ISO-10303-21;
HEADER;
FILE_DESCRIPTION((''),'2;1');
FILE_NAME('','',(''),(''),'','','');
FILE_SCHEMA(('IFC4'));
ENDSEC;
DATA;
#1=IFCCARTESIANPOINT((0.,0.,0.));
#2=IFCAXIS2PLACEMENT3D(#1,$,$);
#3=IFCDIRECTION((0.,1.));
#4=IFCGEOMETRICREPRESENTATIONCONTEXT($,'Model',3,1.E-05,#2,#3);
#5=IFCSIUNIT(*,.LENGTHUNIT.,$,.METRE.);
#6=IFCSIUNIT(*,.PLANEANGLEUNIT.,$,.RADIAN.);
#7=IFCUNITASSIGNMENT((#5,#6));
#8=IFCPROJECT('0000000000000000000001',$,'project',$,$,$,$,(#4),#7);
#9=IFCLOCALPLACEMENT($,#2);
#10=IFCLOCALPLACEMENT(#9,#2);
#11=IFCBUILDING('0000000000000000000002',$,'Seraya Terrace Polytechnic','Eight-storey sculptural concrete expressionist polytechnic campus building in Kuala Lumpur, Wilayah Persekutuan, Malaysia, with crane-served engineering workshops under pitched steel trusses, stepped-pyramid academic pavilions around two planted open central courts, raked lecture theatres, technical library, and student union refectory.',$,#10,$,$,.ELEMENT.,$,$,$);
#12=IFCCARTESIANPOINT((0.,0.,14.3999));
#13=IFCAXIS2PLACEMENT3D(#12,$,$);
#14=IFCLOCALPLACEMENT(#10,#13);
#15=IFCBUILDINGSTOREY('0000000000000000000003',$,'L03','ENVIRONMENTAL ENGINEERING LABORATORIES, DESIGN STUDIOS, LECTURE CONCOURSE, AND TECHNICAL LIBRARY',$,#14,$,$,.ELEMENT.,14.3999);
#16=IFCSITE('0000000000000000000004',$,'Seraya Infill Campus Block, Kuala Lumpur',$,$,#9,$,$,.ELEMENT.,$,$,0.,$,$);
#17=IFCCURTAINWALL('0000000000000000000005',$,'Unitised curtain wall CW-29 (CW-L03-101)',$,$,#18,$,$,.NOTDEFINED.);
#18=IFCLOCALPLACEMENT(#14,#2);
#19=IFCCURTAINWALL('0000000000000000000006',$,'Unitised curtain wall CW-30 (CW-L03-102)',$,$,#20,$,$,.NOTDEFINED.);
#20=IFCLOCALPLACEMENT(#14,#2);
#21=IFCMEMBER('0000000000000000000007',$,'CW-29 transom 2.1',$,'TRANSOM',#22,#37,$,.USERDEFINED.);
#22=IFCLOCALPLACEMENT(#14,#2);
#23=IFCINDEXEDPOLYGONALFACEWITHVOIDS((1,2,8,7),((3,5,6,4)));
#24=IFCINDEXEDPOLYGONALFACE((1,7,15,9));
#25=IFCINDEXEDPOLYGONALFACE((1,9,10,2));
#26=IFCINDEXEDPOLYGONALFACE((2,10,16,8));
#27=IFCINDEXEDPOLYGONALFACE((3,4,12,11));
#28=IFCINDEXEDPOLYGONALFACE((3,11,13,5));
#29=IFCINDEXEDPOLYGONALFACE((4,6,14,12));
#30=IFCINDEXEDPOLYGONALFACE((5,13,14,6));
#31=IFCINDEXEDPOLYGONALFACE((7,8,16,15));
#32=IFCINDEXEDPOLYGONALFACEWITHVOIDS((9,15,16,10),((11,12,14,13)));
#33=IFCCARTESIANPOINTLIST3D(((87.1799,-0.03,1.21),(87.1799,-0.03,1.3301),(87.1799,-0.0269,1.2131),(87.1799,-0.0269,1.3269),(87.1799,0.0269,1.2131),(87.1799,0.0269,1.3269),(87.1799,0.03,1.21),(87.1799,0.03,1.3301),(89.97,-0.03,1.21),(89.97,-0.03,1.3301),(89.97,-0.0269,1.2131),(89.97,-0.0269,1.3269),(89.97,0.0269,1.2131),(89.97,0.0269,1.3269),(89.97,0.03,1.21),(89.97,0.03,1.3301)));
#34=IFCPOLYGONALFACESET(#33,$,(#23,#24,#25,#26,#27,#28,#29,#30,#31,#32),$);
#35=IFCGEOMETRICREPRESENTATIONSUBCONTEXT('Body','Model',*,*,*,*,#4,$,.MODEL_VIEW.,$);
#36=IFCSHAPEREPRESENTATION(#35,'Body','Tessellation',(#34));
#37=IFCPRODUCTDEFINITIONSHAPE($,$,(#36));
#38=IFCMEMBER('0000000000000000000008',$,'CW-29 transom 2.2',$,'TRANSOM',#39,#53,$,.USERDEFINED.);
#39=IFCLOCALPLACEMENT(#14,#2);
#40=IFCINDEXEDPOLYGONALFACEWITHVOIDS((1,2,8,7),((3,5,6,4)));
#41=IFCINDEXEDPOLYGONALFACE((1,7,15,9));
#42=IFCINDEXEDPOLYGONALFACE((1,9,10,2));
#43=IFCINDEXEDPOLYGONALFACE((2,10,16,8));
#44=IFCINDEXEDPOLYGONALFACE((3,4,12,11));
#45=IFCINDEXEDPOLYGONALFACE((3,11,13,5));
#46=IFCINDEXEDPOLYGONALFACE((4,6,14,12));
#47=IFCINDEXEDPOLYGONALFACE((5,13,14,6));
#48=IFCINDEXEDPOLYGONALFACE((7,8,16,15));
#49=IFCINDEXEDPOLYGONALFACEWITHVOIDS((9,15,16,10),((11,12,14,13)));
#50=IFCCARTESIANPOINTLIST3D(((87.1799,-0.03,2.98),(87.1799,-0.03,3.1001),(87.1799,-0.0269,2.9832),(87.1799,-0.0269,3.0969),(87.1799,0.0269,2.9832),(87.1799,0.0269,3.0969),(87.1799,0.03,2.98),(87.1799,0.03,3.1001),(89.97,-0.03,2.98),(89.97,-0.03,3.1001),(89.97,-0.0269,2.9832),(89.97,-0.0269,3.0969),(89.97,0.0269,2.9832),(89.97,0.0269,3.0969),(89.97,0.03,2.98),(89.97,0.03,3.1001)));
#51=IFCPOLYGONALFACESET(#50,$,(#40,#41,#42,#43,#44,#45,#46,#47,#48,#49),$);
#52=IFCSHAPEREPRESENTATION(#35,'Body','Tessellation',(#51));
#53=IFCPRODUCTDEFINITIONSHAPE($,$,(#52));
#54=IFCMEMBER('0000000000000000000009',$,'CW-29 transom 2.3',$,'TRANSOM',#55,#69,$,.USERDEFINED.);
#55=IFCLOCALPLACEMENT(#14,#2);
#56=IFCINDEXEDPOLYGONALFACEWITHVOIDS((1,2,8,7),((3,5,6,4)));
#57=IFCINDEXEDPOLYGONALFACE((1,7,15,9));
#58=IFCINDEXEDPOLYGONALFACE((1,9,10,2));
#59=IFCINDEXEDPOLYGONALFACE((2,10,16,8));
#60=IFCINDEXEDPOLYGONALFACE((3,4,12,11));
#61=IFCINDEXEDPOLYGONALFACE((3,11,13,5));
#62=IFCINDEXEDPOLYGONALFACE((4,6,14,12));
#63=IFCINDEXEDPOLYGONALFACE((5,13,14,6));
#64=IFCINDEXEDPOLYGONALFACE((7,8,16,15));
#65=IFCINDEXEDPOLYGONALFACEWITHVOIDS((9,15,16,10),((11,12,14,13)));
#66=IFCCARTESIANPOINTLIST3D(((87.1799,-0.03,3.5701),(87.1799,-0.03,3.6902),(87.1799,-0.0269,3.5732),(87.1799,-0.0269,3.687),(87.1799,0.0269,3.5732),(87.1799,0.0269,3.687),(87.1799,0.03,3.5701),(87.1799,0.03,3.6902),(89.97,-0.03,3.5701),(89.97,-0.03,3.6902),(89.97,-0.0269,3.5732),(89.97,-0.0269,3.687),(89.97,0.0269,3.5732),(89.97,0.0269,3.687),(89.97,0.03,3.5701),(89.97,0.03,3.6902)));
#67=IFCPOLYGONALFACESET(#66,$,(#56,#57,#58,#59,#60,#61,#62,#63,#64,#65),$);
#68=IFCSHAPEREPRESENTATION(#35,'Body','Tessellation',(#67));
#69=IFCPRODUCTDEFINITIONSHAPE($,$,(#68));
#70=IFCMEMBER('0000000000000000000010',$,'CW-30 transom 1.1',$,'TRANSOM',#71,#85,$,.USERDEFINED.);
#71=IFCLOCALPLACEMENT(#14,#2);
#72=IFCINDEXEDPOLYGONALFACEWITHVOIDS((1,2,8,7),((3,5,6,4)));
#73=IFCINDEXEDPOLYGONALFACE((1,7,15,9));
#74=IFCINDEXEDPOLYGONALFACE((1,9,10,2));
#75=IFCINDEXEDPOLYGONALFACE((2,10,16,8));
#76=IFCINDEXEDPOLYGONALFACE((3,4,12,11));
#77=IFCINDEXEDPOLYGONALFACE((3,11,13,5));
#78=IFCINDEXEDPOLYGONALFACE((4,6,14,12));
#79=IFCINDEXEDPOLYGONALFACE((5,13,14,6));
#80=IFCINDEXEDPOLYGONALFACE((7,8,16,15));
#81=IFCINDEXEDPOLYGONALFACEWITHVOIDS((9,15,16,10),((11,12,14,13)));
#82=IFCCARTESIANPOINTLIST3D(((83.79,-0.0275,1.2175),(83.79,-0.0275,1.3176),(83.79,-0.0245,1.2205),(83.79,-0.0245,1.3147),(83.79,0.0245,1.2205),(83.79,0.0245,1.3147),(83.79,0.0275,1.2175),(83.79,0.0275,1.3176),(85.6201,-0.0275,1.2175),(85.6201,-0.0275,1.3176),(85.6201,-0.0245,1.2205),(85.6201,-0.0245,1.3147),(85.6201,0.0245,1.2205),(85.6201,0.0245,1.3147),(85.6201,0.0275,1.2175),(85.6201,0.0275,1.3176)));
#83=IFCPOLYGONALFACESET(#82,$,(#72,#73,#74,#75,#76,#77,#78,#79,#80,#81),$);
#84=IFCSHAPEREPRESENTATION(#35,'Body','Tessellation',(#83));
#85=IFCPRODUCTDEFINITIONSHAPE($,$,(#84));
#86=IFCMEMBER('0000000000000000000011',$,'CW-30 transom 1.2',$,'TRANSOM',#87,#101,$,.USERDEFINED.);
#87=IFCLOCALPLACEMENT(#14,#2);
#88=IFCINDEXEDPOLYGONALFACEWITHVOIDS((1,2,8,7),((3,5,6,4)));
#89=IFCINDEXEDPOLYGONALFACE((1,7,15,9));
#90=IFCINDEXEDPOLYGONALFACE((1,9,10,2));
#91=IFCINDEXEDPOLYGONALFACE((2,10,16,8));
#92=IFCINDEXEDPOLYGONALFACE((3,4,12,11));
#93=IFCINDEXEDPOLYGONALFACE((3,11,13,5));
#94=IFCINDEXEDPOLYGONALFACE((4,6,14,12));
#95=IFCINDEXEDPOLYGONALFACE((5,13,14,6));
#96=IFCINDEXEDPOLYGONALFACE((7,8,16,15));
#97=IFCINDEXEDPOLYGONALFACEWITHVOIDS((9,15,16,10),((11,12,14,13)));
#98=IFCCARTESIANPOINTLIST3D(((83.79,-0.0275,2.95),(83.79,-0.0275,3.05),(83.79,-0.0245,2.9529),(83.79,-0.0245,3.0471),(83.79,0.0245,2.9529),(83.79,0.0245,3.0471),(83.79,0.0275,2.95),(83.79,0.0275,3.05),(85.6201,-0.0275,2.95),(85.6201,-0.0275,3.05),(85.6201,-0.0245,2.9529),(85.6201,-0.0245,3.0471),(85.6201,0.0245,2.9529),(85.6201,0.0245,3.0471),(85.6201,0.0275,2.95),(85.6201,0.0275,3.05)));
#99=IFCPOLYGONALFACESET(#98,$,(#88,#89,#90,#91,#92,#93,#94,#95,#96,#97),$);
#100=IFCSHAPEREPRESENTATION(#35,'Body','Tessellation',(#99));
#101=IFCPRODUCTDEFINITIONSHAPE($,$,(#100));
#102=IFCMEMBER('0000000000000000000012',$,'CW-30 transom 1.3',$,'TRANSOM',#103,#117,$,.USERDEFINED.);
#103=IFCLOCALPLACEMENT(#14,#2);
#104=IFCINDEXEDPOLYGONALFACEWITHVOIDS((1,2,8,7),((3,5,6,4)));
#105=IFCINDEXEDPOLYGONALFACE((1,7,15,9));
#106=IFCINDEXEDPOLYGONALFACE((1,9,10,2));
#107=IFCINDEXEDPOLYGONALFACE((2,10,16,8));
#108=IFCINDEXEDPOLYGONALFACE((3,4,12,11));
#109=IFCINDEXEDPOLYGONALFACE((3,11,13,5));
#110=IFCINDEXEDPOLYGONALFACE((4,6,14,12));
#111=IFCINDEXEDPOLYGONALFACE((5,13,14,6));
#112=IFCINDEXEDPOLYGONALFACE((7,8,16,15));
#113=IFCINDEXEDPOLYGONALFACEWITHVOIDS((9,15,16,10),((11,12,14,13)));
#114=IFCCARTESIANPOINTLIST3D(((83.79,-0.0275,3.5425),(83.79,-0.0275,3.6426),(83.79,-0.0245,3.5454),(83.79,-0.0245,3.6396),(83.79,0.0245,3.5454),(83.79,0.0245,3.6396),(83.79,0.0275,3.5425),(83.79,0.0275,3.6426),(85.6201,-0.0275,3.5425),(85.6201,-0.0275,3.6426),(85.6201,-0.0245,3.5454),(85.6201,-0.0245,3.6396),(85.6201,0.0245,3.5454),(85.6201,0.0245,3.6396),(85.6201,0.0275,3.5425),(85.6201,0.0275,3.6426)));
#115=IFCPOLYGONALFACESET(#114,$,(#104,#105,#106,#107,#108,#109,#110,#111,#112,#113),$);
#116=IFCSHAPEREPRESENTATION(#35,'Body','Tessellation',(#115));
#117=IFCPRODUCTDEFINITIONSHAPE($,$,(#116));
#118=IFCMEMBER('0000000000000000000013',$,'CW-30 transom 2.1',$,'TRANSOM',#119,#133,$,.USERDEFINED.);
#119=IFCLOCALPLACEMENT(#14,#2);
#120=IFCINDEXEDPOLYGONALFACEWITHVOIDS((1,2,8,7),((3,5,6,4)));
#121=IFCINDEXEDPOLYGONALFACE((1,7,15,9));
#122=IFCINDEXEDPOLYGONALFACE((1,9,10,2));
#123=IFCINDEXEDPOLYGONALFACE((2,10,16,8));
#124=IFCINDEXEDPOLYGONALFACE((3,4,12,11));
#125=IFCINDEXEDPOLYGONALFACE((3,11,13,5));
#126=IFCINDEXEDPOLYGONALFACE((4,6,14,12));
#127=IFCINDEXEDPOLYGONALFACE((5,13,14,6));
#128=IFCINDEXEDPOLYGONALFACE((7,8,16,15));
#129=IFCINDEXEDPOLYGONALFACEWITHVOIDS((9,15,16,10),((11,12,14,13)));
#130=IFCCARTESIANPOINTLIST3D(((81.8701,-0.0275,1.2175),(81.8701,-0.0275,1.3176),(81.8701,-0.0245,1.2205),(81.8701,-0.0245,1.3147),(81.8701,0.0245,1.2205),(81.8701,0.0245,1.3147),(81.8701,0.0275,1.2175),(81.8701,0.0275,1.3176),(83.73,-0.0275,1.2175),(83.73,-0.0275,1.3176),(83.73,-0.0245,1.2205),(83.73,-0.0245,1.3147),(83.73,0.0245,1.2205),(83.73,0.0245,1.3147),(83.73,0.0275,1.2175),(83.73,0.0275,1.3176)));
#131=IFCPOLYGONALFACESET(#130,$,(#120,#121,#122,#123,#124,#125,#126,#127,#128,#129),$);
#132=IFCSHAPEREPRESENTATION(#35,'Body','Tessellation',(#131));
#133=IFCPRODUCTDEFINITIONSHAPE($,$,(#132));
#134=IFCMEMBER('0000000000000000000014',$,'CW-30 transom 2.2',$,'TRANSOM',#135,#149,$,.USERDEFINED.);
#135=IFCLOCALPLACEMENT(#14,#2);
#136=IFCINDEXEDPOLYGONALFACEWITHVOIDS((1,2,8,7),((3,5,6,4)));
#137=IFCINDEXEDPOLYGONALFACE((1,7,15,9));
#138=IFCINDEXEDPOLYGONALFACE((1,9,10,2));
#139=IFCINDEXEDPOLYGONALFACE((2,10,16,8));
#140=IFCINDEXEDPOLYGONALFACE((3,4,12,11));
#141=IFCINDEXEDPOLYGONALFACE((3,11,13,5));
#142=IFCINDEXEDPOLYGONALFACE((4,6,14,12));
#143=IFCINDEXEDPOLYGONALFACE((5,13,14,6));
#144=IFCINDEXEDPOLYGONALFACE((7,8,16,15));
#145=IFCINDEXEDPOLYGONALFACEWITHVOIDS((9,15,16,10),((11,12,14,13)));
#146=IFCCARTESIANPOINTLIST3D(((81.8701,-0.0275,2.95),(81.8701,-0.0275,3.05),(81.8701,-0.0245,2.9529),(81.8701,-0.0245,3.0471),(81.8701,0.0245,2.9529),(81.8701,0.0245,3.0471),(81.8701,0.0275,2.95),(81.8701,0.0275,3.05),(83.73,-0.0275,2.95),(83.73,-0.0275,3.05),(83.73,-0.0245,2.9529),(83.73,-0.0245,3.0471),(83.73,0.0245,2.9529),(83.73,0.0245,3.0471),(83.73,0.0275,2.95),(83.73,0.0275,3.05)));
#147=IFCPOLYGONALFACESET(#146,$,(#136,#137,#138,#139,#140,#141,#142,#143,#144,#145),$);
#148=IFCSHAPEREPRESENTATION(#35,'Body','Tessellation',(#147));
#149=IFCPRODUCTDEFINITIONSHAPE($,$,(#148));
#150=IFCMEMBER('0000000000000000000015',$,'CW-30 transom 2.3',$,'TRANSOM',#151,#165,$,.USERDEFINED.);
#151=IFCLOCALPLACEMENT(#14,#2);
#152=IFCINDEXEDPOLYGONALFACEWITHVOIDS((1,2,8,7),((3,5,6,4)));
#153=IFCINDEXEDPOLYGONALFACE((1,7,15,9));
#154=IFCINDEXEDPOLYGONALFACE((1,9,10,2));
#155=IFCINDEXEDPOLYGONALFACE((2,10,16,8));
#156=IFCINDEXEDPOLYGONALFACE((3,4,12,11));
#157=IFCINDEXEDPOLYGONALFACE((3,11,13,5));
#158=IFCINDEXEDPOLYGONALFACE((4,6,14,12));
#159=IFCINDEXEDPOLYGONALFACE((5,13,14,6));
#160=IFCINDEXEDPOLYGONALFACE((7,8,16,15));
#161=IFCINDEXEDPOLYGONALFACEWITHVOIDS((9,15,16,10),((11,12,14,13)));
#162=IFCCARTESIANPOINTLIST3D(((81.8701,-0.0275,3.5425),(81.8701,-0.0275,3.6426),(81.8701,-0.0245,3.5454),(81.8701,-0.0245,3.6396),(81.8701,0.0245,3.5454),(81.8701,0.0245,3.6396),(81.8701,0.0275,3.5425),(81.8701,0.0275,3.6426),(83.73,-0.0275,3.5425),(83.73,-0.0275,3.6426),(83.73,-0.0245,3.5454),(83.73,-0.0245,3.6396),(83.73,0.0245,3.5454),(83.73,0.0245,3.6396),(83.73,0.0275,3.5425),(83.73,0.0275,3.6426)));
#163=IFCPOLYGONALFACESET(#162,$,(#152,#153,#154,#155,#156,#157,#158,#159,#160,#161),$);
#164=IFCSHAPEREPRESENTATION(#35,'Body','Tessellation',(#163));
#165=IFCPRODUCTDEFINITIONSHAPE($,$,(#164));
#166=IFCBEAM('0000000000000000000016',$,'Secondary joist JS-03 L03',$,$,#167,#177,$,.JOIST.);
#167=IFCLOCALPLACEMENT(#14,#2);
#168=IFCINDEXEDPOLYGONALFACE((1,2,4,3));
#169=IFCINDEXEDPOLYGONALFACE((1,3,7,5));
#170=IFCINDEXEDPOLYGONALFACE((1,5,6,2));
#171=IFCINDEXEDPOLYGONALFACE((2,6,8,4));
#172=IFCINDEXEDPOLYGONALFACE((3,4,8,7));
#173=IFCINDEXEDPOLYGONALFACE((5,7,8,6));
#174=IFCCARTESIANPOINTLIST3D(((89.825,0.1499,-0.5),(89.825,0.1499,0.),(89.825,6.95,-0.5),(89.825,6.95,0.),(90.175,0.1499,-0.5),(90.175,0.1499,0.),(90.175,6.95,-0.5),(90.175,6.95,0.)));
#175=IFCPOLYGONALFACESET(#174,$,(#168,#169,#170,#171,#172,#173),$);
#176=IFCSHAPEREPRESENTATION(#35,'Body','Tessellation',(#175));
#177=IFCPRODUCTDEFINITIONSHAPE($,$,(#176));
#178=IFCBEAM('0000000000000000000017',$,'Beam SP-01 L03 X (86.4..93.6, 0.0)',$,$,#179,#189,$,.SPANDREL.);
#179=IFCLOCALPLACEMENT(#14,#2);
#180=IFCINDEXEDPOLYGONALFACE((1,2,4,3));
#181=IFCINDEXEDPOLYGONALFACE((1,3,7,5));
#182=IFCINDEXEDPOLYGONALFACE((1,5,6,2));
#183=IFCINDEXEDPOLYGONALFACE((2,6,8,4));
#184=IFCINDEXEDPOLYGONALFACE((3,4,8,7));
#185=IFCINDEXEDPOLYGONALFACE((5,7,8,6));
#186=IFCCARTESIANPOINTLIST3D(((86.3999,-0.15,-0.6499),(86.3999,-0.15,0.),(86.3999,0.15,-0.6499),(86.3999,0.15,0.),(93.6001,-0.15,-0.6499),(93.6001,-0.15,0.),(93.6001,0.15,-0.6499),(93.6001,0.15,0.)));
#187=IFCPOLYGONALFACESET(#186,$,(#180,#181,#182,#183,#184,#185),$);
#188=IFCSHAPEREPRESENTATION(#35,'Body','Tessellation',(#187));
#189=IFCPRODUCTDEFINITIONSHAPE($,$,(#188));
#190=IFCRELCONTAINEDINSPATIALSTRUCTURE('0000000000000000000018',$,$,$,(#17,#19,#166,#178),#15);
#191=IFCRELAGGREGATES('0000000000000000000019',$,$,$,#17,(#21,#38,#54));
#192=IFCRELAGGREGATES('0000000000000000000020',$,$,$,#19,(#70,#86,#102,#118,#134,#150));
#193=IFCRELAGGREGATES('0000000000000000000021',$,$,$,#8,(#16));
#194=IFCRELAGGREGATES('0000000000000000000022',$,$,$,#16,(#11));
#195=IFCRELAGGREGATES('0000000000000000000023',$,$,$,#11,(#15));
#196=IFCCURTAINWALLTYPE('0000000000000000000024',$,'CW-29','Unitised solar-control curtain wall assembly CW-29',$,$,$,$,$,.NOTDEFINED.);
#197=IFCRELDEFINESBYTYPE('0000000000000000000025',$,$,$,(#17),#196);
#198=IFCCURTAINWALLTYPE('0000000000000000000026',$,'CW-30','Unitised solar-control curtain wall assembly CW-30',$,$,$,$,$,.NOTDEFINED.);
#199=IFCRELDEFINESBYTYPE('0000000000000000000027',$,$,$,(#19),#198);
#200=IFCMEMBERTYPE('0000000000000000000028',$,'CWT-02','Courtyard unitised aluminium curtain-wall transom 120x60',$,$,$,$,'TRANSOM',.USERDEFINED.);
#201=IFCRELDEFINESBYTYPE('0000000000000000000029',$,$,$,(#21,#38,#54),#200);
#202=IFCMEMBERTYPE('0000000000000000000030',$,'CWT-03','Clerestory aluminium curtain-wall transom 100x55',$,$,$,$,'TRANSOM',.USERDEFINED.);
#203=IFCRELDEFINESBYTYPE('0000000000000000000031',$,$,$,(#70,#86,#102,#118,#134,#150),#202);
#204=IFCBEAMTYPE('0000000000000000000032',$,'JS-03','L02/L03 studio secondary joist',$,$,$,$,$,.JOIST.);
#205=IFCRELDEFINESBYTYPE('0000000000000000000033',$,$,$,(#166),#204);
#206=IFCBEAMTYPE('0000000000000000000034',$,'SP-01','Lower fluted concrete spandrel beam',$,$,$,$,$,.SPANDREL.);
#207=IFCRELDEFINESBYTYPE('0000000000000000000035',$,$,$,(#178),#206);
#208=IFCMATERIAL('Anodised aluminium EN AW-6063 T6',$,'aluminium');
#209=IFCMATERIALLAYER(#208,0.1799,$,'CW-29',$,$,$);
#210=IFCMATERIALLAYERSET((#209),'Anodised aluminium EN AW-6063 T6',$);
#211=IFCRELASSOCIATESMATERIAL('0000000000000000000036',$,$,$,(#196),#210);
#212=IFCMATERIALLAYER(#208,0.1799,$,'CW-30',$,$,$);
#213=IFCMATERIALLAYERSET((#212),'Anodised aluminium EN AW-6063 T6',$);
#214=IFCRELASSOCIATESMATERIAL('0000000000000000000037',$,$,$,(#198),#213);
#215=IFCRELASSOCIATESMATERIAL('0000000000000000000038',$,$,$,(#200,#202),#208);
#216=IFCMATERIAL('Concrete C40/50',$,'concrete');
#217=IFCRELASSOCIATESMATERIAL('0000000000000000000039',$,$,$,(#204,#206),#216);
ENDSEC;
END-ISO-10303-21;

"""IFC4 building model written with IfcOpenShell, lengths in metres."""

from ifc_helpers import new_model, si_unit, direction, frame, origin, origin_2d, place, context, subcontext, project, spatial, rectangle, hollow_rectangle, extrude, material, layer, layer_set, material_profile, profile_set, type_object, element, aggregate, save


model = new_model("IFC4")

# Units and contexts
model_context = context("Model", 3, precision=1e-05, world=origin(), true_north=direction((0.0, 1.0)))
body_context = subcontext(model_context, "Body", "Model", "MODEL_VIEW")
ifc_project = project(units=[si_unit("LENGTHUNIT", "METRE"), si_unit("PLANEANGLEUNIT", "RADIAN")], contexts=[model_context])

# Site, building, storey
site_placement = place(None, origin())
site = spatial("IfcSite", under=ifc_project, at=site_placement, Name="Seraya Infill Campus Block, Kuala Lumpur", CompositionType="ELEMENT", RefElevation=0.0)
building_placement = place(site_placement, origin())
building = spatial("IfcBuilding", under=site, at=building_placement, Name="Seraya Terrace Polytechnic", Description="Eight-storey sculptural concrete expressionist polytechnic campus building in Kuala Lumpur, Wilayah Persekutuan, Malaysia, with crane-served engineering workshops under pitched steel trusses, stepped-pyramid academic pavilions around two planted open central courts, raked lecture theatres, technical library, and student union refectory.", CompositionType="ELEMENT")
storey_placement = place(building_placement, frame((0.0, 0.0, 14.3999)))
storey = spatial("IfcBuildingStorey", under=building, at=storey_placement, Name="L03", Description="ENVIRONMENTAL ENGINEERING LABORATORIES, DESIGN STUDIOS, LECTURE CONCOURSE, AND TECHNICAL LIBRARY", CompositionType="ELEMENT", Elevation=14.3999)

# Shared definitions
ifc_material_1 = material(Name="Concrete C40/50", Category="concrete")

# Curtain walls
ifc_material_2 = material(Name="Anodised aluminium EN AW-6063 T6", Category="aluminium")
ifc_layer_1 = layer(ifc_material_2, 0.1799, Name="CW-29")
ifc_layer_set_1 = layer_set([ifc_layer_1], Name="Anodised aluminium EN AW-6063 T6")
curtain_wall_type_1 = type_object("IfcCurtainWallType", Name="CW-29", Description="Unitised solar-control curtain wall assembly CW-29", PredefinedType="NOTDEFINED", material=ifc_layer_set_1)
curtain_wall_1_placement = place(storey_placement, origin())
curtain_wall_1 = element("IfcCurtainWall", 1, at=curtain_wall_1_placement, inside=storey, type_object=curtain_wall_type_1, Name="Unitised curtain wall CW-29 (CW-L03-101)", PredefinedType="NOTDEFINED")
ifc_layer_2 = layer(ifc_material_2, 0.1799, Name="CW-30")
ifc_layer_set_2 = layer_set([ifc_layer_2], Name="Anodised aluminium EN AW-6063 T6")
curtain_wall_type_2 = type_object("IfcCurtainWallType", Name="CW-30", Description="Unitised solar-control curtain wall assembly CW-30", PredefinedType="NOTDEFINED", material=ifc_layer_set_2)
curtain_wall_2_placement = place(storey_placement, origin())
curtain_wall_2 = element("IfcCurtainWall", 2, at=curtain_wall_2_placement, inside=storey, type_object=curtain_wall_type_2, Name="Unitised curtain wall CW-30 (CW-L03-102)", PredefinedType="NOTDEFINED")

# Members
ifc_material_profile_1 = material_profile(ifc_material_2, hollow_rectangle(XDim=0.0601, YDim=0.1201, WallThickness=0.0032, at=origin_2d()), Name="RHS 120x60x3.2")
ifc_profile_set_1 = profile_set([ifc_material_profile_1], Name="Anodised aluminium EN AW-6063 T6")
member_type_1 = type_object("IfcMemberType", Name="CWT-02", Description="Courtyard unitised aluminium curtain-wall transom 120x60", ElementType="TRANSOM", PredefinedType="USERDEFINED", material=ifc_profile_set_1)
member_1_placement = place(storey_placement, frame((89.97, 0.0, 1.27), z_axis=(-1.0, 0.0, 0.0), x_axis=(0.0, -1.0, 0.0)))
member_1 = element("IfcMember", 3, at=member_1_placement, type_object=member_type_1, Name="CW-29 transom 2.1", ObjectType="TRANSOM", PredefinedType="USERDEFINED", context=body_context, shape_type="SweptSolid", body=[
    extrude(hollow_rectangle(XDim=0.0601, YDim=0.1201, WallThickness=0.0032, at=origin_2d()), origin(), (0.0, 0.0, 1.0), 2.79),
])
member_2_placement = place(storey_placement, frame((89.97, 0.0, 3.04), z_axis=(-1.0, 0.0, 0.0), x_axis=(0.0, -1.0, 0.0)))
member_2 = element("IfcMember", 4, at=member_2_placement, type_object=member_type_1, Name="CW-29 transom 2.2", ObjectType="TRANSOM", PredefinedType="USERDEFINED", context=body_context, shape_type="SweptSolid", body=[
    extrude(hollow_rectangle(XDim=0.0601, YDim=0.1201, WallThickness=0.0032, at=origin_2d()), origin(), (0.0, 0.0, 1.0), 2.79),
])
member_3_placement = place(storey_placement, frame((89.97, 0.0, 3.6301), z_axis=(-1.0, 0.0, 0.0), x_axis=(0.0, -1.0, 0.0)))
member_3 = element("IfcMember", 5, at=member_3_placement, type_object=member_type_1, Name="CW-29 transom 2.3", ObjectType="TRANSOM", PredefinedType="USERDEFINED", context=body_context, shape_type="SweptSolid", body=[
    extrude(hollow_rectangle(XDim=0.0601, YDim=0.1201, WallThickness=0.0032, at=origin_2d()), origin(), (0.0, 0.0, 1.0), 2.79),
])
ifc_material_profile_2 = material_profile(ifc_material_2, hollow_rectangle(XDim=0.0549, YDim=0.1001, WallThickness=0.0029, at=origin_2d()), Name="RHS 100x55x3.0")
ifc_profile_set_2 = profile_set([ifc_material_profile_2], Name="Anodised aluminium EN AW-6063 T6")
member_type_2 = type_object("IfcMemberType", Name="CWT-03", Description="Clerestory aluminium curtain-wall transom 100x55", ElementType="TRANSOM", PredefinedType="USERDEFINED", material=ifc_profile_set_2)
member_4_placement = place(storey_placement, frame((85.6201, 0.0, 1.2676), z_axis=(-1.0, 0.0, 0.0), x_axis=(0.0, -1.0, 0.0)))
member_4 = element("IfcMember", 6, at=member_4_placement, type_object=member_type_2, Name="CW-30 transom 1.1", ObjectType="TRANSOM", PredefinedType="USERDEFINED", context=body_context, shape_type="SweptSolid", body=[
    extrude(hollow_rectangle(XDim=0.0549, YDim=0.1001, WallThickness=0.0029, at=origin_2d()), origin(), (0.0, 0.0, 1.0), 1.8301),
])
member_5_placement = place(storey_placement, frame((85.6201, 0.0, 3.0), z_axis=(-1.0, 0.0, 0.0), x_axis=(0.0, -1.0, 0.0)))
member_5 = element("IfcMember", 7, at=member_5_placement, type_object=member_type_2, Name="CW-30 transom 1.2", ObjectType="TRANSOM", PredefinedType="USERDEFINED", context=body_context, shape_type="SweptSolid", body=[
    extrude(hollow_rectangle(XDim=0.0549, YDim=0.1001, WallThickness=0.0029, at=origin_2d()), origin(), (0.0, 0.0, 1.0), 1.8301),
])
member_6_placement = place(storey_placement, frame((85.6201, 0.0, 3.5925), z_axis=(-1.0, 0.0, 0.0), x_axis=(0.0, -1.0, 0.0)))
member_6 = element("IfcMember", 8, at=member_6_placement, type_object=member_type_2, Name="CW-30 transom 1.3", ObjectType="TRANSOM", PredefinedType="USERDEFINED", context=body_context, shape_type="SweptSolid", body=[
    extrude(hollow_rectangle(XDim=0.0549, YDim=0.1001, WallThickness=0.0029, at=origin_2d()), origin(), (0.0, 0.0, 1.0), 1.8301),
])
member_7_placement = place(storey_placement, frame((83.73, 0.0, 1.2676), z_axis=(-1.0, 0.0, 0.0), x_axis=(0.0, -1.0, 0.0)))
member_7 = element("IfcMember", 9, at=member_7_placement, type_object=member_type_2, Name="CW-30 transom 2.1", ObjectType="TRANSOM", PredefinedType="USERDEFINED", context=body_context, shape_type="SweptSolid", body=[
    extrude(hollow_rectangle(XDim=0.0549, YDim=0.1001, WallThickness=0.0029, at=origin_2d()), origin(), (0.0, 0.0, 1.0), 1.8599),
])
member_8_placement = place(storey_placement, frame((83.73, 0.0, 3.0), z_axis=(-1.0, 0.0, 0.0), x_axis=(0.0, -1.0, 0.0)))
member_8 = element("IfcMember", 10, at=member_8_placement, type_object=member_type_2, Name="CW-30 transom 2.2", ObjectType="TRANSOM", PredefinedType="USERDEFINED", context=body_context, shape_type="SweptSolid", body=[
    extrude(hollow_rectangle(XDim=0.0549, YDim=0.1001, WallThickness=0.0029, at=origin_2d()), origin(), (0.0, 0.0, 1.0), 1.8599),
])
member_9_placement = place(storey_placement, frame((83.73, 0.0, 3.5925), z_axis=(-1.0, 0.0, 0.0), x_axis=(0.0, -1.0, 0.0)))
member_9 = element("IfcMember", 11, at=member_9_placement, type_object=member_type_2, Name="CW-30 transom 2.3", ObjectType="TRANSOM", PredefinedType="USERDEFINED", context=body_context, shape_type="SweptSolid", body=[
    extrude(hollow_rectangle(XDim=0.0549, YDim=0.1001, WallThickness=0.0029, at=origin_2d()), origin(), (0.0, 0.0, 1.0), 1.8599),
])

# Beams
ifc_material_profile_3 = material_profile(ifc_material_1, rectangle(XDim=0.3501, YDim=0.5, at=origin_2d()), Name="RC 350x500")
ifc_profile_set_3 = profile_set([ifc_material_profile_3], Name="Concrete C40/50")
beam_type_1 = type_object("IfcBeamType", Name="JS-03", Description="L02/L03 studio secondary joist", PredefinedType="JOIST", material=ifc_profile_set_3)
beam_1_placement = place(storey_placement, frame((90.0, 0.1499, -0.25), z_axis=(0.0, 1.0, 0.0), x_axis=(-1.0, 0.0, 0.0)))
element("IfcBeam", 12, at=beam_1_placement, inside=storey, type_object=beam_type_1, Name="Secondary joist JS-03 L03", PredefinedType="JOIST", context=body_context, shape_type="SweptSolid", body=[
    extrude(rectangle(XDim=0.3501, YDim=0.5, at=origin_2d()), origin(), (0.0, 0.0, 1.0), 6.8),
])
ifc_material_profile_4 = material_profile(ifc_material_1, rectangle(XDim=0.3, YDim=0.6499, at=origin_2d()), Name="RC 300x650")
ifc_profile_set_4 = profile_set([ifc_material_profile_4], Name="Concrete C40/50")
beam_type_2 = type_object("IfcBeamType", Name="SP-01", Description="Lower fluted concrete spandrel beam", PredefinedType="SPANDREL", material=ifc_profile_set_4)
beam_2_placement = place(storey_placement, frame((86.3999, 0.0, -0.325), z_axis=(1.0, 0.0, 0.0), x_axis=(0.0, 1.0, 0.0)))
element("IfcBeam", 13, at=beam_2_placement, inside=storey, type_object=beam_type_2, Name="Beam SP-01 L03 X (86.4..93.6, 0.0)", PredefinedType="SPANDREL", context=body_context, shape_type="SweptSolid", body=[
    extrude(rectangle(XDim=0.3, YDim=0.6499, at=origin_2d()), origin(), (0.0, 0.0, 1.0), 7.2002),
])

aggregate(curtain_wall_1, [member_1, member_2, member_3])
aggregate(curtain_wall_2, [member_4, member_5, member_6, member_7, member_8, member_9])

save(model, "model.ifc")
